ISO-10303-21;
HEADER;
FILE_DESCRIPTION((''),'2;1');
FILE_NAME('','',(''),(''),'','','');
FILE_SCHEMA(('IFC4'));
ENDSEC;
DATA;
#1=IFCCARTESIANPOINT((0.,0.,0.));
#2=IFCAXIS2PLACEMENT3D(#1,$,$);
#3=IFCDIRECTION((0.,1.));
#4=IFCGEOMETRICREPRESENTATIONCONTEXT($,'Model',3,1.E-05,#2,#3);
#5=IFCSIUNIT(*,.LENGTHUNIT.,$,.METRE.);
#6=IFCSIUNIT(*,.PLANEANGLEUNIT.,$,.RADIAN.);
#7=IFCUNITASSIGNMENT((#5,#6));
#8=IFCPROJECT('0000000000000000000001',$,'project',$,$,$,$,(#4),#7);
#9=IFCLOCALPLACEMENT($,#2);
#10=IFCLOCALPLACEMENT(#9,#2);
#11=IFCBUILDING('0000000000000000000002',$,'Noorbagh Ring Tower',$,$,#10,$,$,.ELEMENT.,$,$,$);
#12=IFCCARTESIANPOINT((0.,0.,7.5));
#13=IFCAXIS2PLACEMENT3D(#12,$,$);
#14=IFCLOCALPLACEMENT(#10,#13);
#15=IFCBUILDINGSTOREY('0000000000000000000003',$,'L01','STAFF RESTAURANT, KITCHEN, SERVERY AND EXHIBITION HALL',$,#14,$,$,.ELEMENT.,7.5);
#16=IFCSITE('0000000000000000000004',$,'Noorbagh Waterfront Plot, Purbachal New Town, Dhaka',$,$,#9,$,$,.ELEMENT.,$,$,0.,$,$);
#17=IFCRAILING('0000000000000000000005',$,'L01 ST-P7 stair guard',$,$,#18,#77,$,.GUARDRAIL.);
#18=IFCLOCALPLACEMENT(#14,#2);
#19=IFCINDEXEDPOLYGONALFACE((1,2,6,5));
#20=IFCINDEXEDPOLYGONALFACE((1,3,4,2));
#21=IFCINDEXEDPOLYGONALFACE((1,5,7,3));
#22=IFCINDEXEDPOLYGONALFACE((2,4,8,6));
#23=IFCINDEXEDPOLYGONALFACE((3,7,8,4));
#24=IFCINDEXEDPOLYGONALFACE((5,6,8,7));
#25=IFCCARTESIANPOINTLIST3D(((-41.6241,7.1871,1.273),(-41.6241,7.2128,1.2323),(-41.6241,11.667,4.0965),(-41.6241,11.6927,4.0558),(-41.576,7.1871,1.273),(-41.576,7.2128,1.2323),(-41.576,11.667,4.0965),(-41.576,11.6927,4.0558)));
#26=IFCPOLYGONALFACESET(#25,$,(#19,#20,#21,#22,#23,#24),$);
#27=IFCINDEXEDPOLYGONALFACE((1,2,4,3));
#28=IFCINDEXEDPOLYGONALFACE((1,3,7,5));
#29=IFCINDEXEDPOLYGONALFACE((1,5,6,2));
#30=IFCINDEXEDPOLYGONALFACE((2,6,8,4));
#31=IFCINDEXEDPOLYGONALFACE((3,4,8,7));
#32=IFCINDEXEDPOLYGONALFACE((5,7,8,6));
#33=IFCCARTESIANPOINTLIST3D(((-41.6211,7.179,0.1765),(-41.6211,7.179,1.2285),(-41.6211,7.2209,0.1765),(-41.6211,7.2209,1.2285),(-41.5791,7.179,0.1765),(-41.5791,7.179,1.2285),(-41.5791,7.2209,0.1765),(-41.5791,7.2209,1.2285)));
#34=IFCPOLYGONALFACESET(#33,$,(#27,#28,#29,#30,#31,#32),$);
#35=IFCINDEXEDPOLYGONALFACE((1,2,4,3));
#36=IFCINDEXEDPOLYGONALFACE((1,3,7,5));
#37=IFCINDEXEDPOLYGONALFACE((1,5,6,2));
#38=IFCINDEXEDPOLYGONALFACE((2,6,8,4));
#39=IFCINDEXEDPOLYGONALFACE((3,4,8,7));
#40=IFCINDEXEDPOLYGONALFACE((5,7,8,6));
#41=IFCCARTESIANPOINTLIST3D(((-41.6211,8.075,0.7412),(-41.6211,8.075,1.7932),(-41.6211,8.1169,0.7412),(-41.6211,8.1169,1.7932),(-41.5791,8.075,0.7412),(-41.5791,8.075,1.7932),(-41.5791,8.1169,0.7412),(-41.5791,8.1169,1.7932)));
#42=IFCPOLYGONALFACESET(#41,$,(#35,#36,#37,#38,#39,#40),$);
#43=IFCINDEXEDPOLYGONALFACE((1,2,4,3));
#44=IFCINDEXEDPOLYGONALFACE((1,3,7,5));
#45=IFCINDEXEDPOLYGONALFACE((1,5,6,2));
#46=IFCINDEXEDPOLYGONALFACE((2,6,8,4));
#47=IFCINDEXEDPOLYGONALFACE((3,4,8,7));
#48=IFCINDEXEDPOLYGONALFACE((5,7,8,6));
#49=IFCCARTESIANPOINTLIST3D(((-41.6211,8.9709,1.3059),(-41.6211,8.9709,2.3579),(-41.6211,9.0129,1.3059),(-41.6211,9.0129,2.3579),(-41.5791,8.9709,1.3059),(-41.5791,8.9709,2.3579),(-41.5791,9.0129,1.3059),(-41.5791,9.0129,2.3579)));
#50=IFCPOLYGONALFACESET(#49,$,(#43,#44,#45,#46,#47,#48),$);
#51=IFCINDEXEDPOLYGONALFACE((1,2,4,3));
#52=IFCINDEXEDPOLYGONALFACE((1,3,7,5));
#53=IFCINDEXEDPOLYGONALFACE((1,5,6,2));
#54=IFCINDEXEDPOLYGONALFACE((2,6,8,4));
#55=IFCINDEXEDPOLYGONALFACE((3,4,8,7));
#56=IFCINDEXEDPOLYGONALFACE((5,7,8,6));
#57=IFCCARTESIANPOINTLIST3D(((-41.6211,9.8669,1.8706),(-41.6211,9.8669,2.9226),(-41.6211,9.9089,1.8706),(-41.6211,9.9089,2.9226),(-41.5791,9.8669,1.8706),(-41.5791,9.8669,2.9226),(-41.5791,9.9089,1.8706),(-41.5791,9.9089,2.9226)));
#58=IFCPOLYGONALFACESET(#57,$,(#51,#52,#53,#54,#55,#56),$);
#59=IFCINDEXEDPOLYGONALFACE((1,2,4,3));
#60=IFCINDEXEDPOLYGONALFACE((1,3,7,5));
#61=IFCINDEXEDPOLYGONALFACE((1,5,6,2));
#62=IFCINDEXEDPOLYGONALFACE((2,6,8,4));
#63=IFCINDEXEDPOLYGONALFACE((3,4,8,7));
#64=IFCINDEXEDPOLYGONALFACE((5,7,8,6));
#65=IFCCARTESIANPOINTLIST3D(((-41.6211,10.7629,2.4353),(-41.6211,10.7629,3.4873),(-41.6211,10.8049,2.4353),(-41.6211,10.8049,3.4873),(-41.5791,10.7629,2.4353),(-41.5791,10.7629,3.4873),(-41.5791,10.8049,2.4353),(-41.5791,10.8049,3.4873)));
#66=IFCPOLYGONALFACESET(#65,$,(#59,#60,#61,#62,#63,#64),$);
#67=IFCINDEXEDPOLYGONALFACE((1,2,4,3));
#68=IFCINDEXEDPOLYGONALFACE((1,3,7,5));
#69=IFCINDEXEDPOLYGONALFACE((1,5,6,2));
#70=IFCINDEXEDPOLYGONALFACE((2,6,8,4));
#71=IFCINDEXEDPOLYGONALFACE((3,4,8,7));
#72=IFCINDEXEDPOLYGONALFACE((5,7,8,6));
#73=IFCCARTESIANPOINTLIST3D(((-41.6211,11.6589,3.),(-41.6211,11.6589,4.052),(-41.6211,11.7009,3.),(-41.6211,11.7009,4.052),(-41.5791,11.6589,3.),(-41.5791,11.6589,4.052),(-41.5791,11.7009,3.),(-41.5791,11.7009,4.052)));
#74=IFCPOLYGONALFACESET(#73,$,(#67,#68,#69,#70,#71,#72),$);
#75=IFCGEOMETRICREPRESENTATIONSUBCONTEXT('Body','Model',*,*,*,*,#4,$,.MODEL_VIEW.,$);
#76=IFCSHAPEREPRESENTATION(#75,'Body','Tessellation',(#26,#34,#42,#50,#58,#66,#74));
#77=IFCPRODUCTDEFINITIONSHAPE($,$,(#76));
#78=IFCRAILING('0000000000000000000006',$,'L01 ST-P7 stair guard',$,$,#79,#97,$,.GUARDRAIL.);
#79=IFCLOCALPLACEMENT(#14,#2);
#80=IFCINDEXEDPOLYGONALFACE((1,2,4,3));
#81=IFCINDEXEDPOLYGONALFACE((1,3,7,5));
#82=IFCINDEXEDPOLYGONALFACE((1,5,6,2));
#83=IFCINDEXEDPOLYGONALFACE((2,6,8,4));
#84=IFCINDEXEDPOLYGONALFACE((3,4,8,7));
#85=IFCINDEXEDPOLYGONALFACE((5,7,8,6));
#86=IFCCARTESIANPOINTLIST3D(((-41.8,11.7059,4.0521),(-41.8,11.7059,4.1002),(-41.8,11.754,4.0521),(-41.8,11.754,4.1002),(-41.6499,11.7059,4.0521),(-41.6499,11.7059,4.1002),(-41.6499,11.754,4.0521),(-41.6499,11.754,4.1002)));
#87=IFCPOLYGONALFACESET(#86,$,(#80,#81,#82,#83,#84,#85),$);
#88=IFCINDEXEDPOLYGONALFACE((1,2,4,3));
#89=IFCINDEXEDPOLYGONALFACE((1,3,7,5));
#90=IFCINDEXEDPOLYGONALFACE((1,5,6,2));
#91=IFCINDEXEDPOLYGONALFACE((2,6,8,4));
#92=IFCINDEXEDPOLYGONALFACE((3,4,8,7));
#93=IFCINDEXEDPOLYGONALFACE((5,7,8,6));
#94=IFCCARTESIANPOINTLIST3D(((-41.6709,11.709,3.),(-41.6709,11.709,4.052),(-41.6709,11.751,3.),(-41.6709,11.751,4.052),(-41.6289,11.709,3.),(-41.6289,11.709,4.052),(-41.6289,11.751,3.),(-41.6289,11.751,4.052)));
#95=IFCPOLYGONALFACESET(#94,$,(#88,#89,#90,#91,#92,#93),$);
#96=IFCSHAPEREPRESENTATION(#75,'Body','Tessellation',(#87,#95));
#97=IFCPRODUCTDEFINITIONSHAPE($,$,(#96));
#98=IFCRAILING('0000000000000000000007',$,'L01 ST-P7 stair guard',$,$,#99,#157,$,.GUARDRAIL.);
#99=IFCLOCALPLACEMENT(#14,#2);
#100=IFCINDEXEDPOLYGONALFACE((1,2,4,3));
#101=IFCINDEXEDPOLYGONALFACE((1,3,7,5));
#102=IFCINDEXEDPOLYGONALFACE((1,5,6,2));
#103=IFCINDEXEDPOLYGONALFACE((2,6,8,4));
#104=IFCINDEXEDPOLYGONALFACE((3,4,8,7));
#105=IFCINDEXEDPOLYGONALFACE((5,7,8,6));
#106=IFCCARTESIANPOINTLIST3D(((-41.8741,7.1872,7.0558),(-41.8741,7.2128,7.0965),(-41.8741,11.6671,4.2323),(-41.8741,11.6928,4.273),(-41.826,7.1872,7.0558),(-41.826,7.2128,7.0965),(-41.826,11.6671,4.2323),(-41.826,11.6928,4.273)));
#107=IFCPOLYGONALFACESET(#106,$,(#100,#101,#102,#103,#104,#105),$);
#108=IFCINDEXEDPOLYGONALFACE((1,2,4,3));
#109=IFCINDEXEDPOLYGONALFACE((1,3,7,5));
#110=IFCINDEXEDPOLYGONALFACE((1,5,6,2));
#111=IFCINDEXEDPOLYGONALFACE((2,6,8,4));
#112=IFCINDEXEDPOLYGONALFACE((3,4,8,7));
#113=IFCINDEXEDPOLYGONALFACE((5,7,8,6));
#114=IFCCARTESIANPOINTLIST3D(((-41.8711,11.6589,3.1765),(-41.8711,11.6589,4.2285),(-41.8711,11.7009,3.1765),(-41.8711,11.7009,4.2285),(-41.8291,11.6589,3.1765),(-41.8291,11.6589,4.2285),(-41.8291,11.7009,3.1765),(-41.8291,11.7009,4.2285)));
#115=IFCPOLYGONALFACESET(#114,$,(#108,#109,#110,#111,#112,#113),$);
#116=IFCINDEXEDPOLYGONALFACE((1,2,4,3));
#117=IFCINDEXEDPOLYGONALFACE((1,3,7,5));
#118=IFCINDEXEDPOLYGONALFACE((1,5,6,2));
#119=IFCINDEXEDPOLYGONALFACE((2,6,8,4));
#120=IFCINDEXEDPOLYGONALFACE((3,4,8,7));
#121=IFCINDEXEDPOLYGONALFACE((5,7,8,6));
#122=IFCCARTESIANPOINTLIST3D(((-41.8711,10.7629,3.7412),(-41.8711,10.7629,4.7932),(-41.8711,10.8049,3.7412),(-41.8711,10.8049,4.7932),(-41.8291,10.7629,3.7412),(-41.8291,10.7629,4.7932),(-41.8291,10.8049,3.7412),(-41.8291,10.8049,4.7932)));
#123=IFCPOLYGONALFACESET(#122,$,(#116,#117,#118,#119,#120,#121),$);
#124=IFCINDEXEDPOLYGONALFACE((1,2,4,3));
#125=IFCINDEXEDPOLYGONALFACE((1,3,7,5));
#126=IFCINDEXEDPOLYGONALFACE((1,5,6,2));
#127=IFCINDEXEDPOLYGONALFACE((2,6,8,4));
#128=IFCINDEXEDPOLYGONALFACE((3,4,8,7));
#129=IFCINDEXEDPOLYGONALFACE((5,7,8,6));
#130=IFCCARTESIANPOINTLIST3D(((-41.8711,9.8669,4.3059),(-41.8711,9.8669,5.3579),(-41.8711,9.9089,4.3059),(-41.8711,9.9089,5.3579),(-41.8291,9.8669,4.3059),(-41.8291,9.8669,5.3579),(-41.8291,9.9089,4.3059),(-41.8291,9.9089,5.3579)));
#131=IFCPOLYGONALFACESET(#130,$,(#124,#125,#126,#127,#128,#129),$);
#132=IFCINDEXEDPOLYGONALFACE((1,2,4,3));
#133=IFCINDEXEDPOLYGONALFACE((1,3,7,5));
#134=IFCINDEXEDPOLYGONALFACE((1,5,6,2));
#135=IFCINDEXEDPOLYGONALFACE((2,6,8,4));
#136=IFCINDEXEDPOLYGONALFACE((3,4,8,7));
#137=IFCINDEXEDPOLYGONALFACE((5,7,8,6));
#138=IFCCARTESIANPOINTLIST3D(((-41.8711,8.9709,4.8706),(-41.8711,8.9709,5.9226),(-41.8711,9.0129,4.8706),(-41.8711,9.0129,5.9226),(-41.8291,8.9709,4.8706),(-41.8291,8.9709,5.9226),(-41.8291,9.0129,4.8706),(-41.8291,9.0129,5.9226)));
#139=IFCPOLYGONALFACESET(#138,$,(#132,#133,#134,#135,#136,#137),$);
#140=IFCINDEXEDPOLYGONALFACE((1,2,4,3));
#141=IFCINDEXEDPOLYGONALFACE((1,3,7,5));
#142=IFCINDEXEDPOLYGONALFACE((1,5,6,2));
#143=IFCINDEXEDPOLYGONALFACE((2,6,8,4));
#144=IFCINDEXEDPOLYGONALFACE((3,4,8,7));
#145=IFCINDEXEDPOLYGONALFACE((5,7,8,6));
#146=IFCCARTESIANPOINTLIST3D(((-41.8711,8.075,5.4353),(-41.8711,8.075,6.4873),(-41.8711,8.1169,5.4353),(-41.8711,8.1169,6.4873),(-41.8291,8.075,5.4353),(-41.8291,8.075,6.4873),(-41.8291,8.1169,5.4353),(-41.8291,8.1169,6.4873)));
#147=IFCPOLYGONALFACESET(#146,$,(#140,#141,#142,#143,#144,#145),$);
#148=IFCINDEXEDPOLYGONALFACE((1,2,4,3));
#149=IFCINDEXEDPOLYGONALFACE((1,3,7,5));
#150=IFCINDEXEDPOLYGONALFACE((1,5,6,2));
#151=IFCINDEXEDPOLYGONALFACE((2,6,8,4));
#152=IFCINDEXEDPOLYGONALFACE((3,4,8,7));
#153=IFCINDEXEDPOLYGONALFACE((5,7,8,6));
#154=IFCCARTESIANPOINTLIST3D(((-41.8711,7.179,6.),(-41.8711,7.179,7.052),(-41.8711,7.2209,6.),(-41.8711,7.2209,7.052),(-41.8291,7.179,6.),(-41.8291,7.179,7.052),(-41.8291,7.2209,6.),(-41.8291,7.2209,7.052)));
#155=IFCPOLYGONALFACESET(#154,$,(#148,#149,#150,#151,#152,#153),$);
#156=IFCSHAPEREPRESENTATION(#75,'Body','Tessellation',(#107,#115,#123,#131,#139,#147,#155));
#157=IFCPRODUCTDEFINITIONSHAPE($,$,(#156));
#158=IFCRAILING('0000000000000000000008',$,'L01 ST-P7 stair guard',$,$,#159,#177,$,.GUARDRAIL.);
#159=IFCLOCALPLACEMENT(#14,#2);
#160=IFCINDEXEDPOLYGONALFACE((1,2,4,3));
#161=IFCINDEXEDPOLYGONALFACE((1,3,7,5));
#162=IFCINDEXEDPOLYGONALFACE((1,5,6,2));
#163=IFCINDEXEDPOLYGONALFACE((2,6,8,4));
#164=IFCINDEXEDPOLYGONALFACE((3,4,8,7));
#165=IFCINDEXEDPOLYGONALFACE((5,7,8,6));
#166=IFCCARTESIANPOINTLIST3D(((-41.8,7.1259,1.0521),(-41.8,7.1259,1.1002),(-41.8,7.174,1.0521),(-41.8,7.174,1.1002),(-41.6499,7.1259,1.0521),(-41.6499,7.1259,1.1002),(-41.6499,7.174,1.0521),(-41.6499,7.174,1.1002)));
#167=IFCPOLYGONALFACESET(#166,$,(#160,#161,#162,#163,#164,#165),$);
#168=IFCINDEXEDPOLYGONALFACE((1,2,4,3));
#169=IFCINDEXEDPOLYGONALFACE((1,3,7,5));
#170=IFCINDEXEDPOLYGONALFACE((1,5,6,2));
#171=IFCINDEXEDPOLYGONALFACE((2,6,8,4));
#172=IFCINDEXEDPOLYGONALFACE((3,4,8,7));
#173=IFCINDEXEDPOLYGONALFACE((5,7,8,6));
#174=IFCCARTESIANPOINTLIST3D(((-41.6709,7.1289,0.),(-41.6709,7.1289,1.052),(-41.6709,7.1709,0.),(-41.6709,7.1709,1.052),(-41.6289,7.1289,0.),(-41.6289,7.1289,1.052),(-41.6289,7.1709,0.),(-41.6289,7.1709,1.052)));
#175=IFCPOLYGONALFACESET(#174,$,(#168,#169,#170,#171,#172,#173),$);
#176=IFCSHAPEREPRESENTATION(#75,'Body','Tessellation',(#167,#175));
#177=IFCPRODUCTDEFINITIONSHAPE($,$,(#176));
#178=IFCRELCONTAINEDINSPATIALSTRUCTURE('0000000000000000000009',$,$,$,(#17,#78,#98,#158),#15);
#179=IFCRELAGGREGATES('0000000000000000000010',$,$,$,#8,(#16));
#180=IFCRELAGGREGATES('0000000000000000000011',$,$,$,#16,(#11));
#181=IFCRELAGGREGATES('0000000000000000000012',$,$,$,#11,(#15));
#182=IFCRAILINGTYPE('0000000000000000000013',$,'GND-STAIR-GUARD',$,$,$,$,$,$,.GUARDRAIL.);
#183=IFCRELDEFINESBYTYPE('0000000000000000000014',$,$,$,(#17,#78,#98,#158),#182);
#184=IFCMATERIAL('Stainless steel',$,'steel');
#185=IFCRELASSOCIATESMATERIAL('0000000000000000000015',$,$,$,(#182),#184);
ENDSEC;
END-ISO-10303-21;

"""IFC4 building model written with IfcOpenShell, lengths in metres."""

from ifc_helpers import new_model, si_unit, direction, frame, origin, origin_2d, place, context, subcontext, project, spatial, rectangle, extrude, material, type_object, element, save


model = new_model("IFC4")

# Units and contexts
model_context = context("Model", 3, precision=1e-05, world=origin(), true_north=direction((0.0, 1.0)))
body_context = subcontext(model_context, "Body", "Model", "MODEL_VIEW")
ifc_project = project(units=[si_unit("LENGTHUNIT", "METRE"), si_unit("PLANEANGLEUNIT", "RADIAN")], contexts=[model_context])

# Site, building, storey
site_placement = place(None, origin())
site = spatial("IfcSite", under=ifc_project, at=site_placement, Name="Noorbagh Waterfront Plot, Purbachal New Town, Dhaka", CompositionType="ELEMENT", RefElevation=0.0)
building_placement = place(site_placement, origin())
building = spatial("IfcBuilding", under=site, at=building_placement, Name="Noorbagh Ring Tower", CompositionType="ELEMENT")
storey_placement = place(building_placement, frame((0.0, 0.0, 7.5)))
storey = spatial("IfcBuildingStorey", under=building, at=storey_placement, Name="L01", Description="STAFF RESTAURANT, KITCHEN, SERVERY AND EXHIBITION HALL", CompositionType="ELEMENT", Elevation=7.5)

# Railings
ifc_material_1 = material(Name="Stainless steel", Category="steel")
railing_type = type_object("IfcRailingType", Name="GND-STAIR-GUARD", PredefinedType="GUARDRAIL", material=ifc_material_1)
railing_1_placement = place(storey_placement, frame((-41.6001, 7.2, 0.1765)))
element("IfcRailing", 1, at=railing_1_placement, inside=storey, type_object=railing_type, Name="L01 ST-P7 stair guard", PredefinedType="GUARDRAIL", context=body_context, shape_type="SweptSolid", body=[
    extrude(rectangle(XDim=0.0481, YDim=0.0481, at=origin_2d()), frame((0.0, 0.0, 1.0762), z_axis=(0.0, 0.845998, 0.533186), x_axis=(-1.0, 0.0, 0.0)), (0.0, 0.0, 1.0), 5.2954),
    extrude(rectangle(XDim=0.042, YDim=0.042, at=origin_2d()), origin(), (0.0, 0.0, 1.0), 1.052),
    extrude(rectangle(XDim=0.042, YDim=0.042, at=origin_2d()), frame((0.0, 0.896, 0.5647)), (0.0, 0.0, 1.0), 1.052),
    extrude(rectangle(XDim=0.042, YDim=0.042, at=origin_2d()), frame((0.0, 1.792, 1.1294)), (0.0, 0.0, 1.0), 1.052),
    extrude(rectangle(XDim=0.042, YDim=0.042, at=origin_2d()), frame((0.0, 2.688, 1.6941)), (0.0, 0.0, 1.0), 1.052),
    extrude(rectangle(XDim=0.042, YDim=0.042, at=origin_2d()), frame((0.0, 3.584, 2.2588)), (0.0, 0.0, 1.0), 1.052),
    extrude(rectangle(XDim=0.042, YDim=0.042, at=origin_2d()), frame((0.0, 4.48, 2.8235)), (0.0, 0.0, 1.0), 1.052),
])
railing_2_placement = place(storey_placement, frame((-41.6499, 11.73, 3.0)))
element("IfcRailing", 2, at=railing_2_placement, inside=storey, type_object=railing_type, Name="L01 ST-P7 stair guard", PredefinedType="GUARDRAIL", context=body_context, shape_type="SweptSolid", body=[
    extrude(rectangle(XDim=0.0481, YDim=0.0481, at=origin_2d()), frame((0.0, 0.0, 1.0762), z_axis=(-1.0, 0.0, 0.0), x_axis=(0.0, -1.0, 0.0)), (0.0, 0.0, 1.0), 0.1501),
    extrude(rectangle(XDim=0.042, YDim=0.042, at=origin_2d()), origin(), (0.0, 0.0, 1.0), 1.052),
])
railing_3_placement = place(storey_placement, frame((-41.8501, 11.6799, 3.1765)))
element("IfcRailing", 3, at=railing_3_placement, inside=storey, type_object=railing_type, Name="L01 ST-P7 stair guard", PredefinedType="GUARDRAIL", context=body_context, shape_type="SweptSolid", body=[
    extrude(rectangle(XDim=0.0481, YDim=0.0481, at=origin_2d()), frame((0.0, 0.0, 1.0762), z_axis=(0.0, -0.845998, 0.533186), x_axis=(1.0, 0.0, 0.0)), (0.0, 0.0, 1.0), 5.2954),
    extrude(rectangle(XDim=0.042, YDim=0.042, at=origin_2d()), origin(), (0.0, 0.0, 1.0), 1.052),
    extrude(rectangle(XDim=0.042, YDim=0.042, at=origin_2d()), frame((0.0, -0.896, 0.5647)), (0.0, 0.0, 1.0), 1.052),
    extrude(rectangle(XDim=0.042, YDim=0.042, at=origin_2d()), frame((0.0, -1.792, 1.1294)), (0.0, 0.0, 1.0), 1.052),
    extrude(rectangle(XDim=0.042, YDim=0.042, at=origin_2d()), frame((0.0, -2.688, 1.6941)), (0.0, 0.0, 1.0), 1.052),
    extrude(rectangle(XDim=0.042, YDim=0.042, at=origin_2d()), frame((0.0, -3.584, 2.2588)), (0.0, 0.0, 1.0), 1.052),
    extrude(rectangle(XDim=0.042, YDim=0.042, at=origin_2d()), frame((0.0, -4.48, 2.8235)), (0.0, 0.0, 1.0), 1.052),
])
railing_4_placement = place(storey_placement, frame((-41.6499, 7.1499, 0.0)))
element("IfcRailing", 4, at=railing_4_placement, inside=storey, type_object=railing_type, Name="L01 ST-P7 stair guard", PredefinedType="GUARDRAIL", context=body_context, shape_type="SweptSolid", body=[
    extrude(rectangle(XDim=0.0481, YDim=0.0481, at=origin_2d()), frame((0.0, 0.0, 1.0762), z_axis=(-1.0, 0.0, 0.0), x_axis=(0.0, -1.0, 0.0)), (0.0, 0.0, 1.0), 0.1501),
    extrude(rectangle(XDim=0.042, YDim=0.042, at=origin_2d()), origin(), (0.0, 0.0, 1.0), 1.052),
])

save(model, "model.ifc")
